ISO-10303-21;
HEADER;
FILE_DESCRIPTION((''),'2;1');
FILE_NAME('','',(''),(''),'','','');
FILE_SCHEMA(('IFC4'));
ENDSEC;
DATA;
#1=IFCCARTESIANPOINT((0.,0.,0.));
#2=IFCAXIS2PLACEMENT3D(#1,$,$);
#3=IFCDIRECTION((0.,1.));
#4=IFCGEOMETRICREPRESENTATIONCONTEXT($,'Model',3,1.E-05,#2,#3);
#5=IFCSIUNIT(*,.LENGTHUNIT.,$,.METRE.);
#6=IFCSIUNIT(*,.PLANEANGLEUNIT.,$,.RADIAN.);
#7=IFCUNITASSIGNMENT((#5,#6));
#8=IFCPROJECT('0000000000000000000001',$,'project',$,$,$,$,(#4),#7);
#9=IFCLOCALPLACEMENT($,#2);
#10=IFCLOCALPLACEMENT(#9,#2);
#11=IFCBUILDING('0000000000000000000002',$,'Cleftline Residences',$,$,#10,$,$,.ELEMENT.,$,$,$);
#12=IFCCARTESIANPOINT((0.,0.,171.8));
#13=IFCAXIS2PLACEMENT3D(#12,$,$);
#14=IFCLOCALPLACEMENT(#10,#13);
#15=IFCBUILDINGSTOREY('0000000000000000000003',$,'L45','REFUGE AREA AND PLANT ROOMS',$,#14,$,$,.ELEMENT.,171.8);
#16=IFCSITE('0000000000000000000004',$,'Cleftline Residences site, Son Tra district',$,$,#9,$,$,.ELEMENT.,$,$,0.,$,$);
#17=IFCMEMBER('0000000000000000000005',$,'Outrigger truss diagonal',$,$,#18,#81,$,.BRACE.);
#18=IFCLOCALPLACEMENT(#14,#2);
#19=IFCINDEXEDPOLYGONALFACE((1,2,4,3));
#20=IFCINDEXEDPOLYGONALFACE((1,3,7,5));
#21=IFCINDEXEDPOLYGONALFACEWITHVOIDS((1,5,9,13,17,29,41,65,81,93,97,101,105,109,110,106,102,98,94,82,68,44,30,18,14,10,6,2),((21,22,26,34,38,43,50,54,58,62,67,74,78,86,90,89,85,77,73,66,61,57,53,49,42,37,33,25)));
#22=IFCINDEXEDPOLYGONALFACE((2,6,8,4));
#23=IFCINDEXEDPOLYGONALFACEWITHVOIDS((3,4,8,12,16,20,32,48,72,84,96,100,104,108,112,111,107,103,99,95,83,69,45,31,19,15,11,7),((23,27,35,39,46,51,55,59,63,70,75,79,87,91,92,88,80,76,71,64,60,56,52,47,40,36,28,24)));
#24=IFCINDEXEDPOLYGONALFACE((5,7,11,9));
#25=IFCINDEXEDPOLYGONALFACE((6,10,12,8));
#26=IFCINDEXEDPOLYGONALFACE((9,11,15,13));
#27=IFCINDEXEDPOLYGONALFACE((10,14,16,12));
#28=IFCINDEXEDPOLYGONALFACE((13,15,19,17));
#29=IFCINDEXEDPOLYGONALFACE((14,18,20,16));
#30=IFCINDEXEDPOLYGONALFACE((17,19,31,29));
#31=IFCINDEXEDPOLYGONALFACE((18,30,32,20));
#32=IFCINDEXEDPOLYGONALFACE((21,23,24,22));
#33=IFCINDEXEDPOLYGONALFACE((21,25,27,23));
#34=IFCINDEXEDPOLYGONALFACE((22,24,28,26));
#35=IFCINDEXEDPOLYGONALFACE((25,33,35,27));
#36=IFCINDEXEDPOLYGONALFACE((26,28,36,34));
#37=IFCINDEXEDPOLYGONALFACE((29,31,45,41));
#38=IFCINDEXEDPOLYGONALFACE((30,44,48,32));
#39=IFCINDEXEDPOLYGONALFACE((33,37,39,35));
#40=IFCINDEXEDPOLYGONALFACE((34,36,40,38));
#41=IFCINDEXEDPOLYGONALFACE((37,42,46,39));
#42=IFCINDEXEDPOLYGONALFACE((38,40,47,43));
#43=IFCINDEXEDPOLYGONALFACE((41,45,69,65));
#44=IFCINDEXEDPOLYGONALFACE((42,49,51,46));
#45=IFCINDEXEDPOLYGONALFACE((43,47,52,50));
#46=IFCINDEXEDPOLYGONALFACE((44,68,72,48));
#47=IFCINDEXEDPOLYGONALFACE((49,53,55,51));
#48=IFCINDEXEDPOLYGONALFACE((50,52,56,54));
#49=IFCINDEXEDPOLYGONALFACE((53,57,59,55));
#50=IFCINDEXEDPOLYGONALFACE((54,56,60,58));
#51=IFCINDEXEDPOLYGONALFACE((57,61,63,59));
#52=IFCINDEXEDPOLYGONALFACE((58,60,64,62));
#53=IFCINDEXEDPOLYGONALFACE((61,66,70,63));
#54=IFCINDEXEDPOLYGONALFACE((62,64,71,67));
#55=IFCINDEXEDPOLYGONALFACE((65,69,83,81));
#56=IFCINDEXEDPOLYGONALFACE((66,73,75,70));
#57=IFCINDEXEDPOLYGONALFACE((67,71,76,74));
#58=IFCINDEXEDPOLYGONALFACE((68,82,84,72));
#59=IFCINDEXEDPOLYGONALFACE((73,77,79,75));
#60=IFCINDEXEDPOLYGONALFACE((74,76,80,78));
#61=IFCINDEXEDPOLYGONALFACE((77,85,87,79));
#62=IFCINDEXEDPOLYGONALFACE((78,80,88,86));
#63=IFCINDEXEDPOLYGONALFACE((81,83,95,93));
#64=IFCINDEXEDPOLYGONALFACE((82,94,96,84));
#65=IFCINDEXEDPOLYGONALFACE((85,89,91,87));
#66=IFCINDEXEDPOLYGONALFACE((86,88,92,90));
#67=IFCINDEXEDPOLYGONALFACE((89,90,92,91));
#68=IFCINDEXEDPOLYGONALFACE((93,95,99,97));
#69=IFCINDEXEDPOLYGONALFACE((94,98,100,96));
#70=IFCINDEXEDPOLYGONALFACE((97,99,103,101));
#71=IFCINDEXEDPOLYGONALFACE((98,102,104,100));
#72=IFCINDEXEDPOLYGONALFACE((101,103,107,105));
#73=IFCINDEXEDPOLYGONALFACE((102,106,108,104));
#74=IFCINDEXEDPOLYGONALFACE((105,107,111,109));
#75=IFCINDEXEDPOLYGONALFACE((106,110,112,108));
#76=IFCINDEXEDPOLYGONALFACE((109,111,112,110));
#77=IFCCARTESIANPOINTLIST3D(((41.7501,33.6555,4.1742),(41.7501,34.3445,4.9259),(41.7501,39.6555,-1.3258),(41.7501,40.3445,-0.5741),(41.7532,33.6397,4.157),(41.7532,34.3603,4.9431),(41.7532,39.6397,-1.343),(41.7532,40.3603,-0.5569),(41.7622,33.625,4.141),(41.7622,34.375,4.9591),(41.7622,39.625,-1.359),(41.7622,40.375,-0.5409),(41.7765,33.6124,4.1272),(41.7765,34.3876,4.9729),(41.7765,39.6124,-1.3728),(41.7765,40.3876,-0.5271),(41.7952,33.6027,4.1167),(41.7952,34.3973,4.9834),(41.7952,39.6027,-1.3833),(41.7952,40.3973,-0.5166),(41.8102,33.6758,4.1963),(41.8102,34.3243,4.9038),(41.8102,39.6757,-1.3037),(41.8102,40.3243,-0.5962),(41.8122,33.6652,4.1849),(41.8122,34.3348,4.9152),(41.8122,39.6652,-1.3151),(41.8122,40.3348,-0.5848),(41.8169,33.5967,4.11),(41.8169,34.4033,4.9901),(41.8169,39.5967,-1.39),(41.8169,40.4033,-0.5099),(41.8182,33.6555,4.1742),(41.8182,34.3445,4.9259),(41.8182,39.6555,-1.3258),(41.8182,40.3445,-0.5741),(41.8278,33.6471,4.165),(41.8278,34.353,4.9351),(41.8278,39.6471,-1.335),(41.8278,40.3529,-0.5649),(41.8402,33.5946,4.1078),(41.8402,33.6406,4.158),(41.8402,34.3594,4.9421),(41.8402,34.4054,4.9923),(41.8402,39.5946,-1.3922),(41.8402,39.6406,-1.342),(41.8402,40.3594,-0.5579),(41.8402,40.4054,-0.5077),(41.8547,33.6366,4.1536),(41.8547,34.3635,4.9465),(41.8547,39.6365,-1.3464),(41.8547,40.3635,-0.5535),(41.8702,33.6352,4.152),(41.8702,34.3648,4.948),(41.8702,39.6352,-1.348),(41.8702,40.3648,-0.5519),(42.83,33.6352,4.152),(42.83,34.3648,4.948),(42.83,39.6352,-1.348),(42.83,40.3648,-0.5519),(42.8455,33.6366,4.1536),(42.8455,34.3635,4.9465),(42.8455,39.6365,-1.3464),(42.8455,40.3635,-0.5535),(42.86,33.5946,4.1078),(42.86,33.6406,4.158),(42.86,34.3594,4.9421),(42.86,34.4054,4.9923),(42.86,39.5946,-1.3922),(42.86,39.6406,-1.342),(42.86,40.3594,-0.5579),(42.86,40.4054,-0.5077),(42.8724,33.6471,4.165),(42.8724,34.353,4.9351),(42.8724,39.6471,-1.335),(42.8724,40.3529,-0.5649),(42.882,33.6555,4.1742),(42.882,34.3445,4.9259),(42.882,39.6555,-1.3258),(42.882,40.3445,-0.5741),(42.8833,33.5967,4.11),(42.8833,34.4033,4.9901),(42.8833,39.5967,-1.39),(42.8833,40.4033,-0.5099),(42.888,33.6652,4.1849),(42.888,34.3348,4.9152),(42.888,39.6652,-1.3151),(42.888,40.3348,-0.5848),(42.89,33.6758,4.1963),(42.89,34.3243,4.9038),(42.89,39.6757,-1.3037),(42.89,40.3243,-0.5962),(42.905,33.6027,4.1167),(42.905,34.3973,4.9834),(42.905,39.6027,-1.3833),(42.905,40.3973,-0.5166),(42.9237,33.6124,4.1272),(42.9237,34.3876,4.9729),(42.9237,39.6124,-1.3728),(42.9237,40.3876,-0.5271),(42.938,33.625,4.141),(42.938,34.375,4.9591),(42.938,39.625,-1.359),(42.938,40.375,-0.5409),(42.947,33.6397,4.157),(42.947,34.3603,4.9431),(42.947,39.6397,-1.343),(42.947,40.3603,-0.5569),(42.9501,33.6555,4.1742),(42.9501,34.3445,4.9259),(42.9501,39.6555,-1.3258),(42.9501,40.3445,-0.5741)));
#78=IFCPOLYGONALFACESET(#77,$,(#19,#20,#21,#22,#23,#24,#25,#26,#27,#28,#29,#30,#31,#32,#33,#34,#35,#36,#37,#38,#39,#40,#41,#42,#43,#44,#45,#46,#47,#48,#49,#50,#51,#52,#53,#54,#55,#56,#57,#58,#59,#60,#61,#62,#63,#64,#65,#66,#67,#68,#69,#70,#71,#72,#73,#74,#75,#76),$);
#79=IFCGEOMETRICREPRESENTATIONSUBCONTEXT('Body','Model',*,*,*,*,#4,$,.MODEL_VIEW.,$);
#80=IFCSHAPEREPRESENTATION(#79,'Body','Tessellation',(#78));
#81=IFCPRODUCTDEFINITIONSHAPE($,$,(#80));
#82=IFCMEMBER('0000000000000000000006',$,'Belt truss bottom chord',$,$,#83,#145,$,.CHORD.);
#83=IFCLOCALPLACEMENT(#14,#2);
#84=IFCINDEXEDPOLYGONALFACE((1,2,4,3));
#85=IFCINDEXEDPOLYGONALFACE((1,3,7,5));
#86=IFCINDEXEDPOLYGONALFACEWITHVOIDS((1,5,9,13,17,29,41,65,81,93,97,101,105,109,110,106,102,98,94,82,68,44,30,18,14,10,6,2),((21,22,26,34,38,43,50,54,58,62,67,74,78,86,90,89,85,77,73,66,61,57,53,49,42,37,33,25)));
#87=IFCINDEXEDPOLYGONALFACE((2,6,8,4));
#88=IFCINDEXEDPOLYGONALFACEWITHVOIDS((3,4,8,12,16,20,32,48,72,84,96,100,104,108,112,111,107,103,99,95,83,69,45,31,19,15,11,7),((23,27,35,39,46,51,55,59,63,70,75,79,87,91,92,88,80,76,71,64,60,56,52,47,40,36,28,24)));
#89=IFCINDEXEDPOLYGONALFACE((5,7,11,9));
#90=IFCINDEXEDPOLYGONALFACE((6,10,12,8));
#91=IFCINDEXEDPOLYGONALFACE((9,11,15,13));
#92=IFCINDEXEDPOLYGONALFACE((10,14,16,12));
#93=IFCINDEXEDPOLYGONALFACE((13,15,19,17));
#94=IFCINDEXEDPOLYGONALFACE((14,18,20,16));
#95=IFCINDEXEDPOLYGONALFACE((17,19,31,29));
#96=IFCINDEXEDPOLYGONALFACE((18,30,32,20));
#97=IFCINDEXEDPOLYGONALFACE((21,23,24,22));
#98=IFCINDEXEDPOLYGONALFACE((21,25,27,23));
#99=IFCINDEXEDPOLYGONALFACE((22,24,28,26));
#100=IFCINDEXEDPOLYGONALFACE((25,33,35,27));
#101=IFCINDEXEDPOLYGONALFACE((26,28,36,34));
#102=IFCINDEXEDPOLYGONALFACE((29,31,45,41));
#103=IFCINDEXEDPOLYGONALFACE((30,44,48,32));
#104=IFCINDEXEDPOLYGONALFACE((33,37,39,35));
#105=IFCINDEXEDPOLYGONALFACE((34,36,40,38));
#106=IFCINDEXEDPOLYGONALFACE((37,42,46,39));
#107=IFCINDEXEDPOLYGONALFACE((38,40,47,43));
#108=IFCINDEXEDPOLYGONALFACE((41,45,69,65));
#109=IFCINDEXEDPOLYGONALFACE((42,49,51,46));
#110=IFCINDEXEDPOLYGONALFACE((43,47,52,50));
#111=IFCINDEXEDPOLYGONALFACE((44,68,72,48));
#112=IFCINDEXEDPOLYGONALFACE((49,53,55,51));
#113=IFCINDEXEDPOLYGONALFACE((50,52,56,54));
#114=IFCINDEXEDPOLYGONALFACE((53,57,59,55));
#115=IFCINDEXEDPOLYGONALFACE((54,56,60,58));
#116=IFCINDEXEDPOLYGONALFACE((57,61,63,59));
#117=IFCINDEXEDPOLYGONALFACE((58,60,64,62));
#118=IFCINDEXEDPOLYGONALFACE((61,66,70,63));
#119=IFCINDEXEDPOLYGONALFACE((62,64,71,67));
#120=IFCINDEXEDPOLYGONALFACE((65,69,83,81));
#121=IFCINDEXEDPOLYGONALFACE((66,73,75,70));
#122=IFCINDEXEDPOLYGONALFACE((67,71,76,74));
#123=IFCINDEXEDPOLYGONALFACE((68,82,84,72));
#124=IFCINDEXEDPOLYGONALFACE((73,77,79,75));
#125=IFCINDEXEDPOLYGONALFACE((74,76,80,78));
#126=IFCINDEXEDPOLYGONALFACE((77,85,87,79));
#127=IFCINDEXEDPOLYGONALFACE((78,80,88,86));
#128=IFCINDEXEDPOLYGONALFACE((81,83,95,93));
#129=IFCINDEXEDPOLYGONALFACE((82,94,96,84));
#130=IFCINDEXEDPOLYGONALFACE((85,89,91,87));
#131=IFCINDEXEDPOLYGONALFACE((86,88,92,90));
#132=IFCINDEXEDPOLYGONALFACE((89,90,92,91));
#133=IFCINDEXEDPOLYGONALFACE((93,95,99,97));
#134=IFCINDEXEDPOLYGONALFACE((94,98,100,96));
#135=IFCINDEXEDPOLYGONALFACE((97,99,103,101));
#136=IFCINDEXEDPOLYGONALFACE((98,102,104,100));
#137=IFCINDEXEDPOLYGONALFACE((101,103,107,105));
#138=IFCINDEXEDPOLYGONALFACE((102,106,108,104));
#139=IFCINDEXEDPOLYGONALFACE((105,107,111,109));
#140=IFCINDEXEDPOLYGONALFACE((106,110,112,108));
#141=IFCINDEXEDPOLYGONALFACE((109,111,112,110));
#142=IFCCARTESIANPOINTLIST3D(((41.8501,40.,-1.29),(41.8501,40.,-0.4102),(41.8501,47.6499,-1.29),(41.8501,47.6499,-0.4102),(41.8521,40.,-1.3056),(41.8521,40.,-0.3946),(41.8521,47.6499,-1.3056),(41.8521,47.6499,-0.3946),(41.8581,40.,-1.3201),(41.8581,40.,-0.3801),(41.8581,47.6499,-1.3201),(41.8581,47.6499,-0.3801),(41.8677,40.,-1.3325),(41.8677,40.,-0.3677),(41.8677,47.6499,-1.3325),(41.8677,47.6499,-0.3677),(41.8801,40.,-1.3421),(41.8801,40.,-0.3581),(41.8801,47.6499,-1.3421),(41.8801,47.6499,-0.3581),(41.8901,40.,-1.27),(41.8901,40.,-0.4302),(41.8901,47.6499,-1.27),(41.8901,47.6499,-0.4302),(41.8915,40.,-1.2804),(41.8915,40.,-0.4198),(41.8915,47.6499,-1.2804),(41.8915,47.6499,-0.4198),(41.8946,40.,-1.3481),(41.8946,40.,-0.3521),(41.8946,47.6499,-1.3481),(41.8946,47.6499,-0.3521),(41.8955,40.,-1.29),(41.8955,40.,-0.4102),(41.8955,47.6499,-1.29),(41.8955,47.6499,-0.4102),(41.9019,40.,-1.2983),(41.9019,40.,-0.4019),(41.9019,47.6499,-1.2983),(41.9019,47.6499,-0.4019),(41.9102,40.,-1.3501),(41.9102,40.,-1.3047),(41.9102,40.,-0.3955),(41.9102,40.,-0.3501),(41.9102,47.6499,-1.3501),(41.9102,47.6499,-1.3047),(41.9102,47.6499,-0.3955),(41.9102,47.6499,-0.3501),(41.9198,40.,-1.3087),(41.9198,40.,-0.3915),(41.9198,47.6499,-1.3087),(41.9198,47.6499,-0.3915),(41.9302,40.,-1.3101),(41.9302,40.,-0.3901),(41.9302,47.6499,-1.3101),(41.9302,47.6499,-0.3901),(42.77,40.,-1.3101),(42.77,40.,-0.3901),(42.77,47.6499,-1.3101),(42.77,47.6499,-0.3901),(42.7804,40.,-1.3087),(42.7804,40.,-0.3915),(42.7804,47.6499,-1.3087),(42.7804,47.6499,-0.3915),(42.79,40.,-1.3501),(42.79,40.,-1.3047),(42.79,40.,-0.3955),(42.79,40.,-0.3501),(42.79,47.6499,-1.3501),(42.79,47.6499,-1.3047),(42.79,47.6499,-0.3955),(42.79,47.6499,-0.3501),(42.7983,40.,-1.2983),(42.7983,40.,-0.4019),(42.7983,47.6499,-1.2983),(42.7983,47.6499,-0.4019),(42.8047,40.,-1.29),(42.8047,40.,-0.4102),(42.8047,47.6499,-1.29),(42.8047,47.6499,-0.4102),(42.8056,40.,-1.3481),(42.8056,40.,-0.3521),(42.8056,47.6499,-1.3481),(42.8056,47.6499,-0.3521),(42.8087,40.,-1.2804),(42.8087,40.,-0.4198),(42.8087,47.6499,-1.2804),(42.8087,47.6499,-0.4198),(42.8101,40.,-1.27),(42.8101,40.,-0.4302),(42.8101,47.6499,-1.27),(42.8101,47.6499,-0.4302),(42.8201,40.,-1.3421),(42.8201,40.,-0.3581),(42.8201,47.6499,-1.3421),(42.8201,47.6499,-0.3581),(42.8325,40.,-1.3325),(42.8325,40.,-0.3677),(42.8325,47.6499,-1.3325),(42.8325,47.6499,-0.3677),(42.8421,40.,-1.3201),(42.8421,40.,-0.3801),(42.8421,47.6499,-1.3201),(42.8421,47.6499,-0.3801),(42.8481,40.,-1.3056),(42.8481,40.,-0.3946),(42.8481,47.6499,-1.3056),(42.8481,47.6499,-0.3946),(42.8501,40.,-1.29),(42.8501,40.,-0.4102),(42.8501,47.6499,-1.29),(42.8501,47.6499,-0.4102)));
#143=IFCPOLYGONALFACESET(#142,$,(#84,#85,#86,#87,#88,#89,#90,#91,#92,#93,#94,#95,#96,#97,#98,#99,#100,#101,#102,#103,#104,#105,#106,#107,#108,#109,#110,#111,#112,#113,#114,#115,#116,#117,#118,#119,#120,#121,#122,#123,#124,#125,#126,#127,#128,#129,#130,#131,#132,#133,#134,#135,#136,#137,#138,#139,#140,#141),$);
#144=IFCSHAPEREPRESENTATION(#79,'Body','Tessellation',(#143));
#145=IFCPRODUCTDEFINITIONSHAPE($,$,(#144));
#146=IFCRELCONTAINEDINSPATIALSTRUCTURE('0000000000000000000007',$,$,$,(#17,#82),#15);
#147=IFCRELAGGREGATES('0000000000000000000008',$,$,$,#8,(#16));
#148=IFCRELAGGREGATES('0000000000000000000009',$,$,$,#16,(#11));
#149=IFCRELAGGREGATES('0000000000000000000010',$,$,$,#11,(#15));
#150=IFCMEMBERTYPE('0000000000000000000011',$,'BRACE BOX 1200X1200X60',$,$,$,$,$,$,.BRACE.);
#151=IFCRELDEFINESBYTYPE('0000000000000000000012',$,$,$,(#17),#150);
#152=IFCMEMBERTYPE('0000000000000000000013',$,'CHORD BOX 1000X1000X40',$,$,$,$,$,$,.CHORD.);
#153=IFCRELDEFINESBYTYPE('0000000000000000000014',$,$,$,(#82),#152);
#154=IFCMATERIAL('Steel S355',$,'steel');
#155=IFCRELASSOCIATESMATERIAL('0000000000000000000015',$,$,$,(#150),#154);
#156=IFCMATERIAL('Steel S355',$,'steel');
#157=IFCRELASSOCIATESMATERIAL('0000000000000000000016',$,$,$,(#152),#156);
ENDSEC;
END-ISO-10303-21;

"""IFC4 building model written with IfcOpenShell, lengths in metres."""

from ifc_helpers import new_model, si_unit, direction, frame, origin, origin_2d, place, context, subcontext, project, spatial, hollow_rectangle, extrude, material, material_profile, profile_set, type_object, element, save


model = new_model("IFC4")

# Units and contexts
model_context = context("Model", 3, precision=1e-05, world=origin(), true_north=direction((0.0, 1.0)))
body_context = subcontext(model_context, "Body", "Model", "MODEL_VIEW")
ifc_project = project(units=[si_unit("LENGTHUNIT", "METRE"), si_unit("PLANEANGLEUNIT", "RADIAN")], contexts=[model_context])

# Site, building, storey
site_placement = place(None, origin())
site = spatial("IfcSite", under=ifc_project, at=site_placement, Name="Cleftline Residences site, Son Tra district", CompositionType="ELEMENT", RefElevation=0.0)
building_placement = place(site_placement, origin())
building = spatial("IfcBuilding", under=site, at=building_placement, Name="Cleftline Residences", CompositionType="ELEMENT")
storey_placement = place(building_placement, frame((0.0, 0.0, 171.8)))
storey = spatial("IfcBuildingStorey", under=building, at=storey_placement, Name="L45", Description="REFUGE AREA AND PLANT ROOMS", CompositionType="ELEMENT", Elevation=171.8)

# Members
ifc_material_1 = material(Name="Steel S355", Category="steel")
ifc_material_profile_1 = material_profile(ifc_material_1, hollow_rectangle(XDim=1.2, YDim=1.2, WallThickness=0.0601, InnerFilletRadius=0.0601, OuterFilletRadius=0.0901, at=origin_2d()))
ifc_profile_set_1 = profile_set([ifc_material_profile_1], Name="Steel S355")
member_type_1 = type_object("IfcMemberType", Name="BRACE BOX 1200X1200X60", PredefinedType="BRACE", material=ifc_profile_set_1)
member_1_placement = place(storey_placement, frame((42.3501, 40.0, -0.95), z_axis=(0.0, -0.737154, 0.675725), x_axis=(0.0, 0.675725, 0.737154)))
element("IfcMember", 1, at=member_1_placement, inside=storey, type_object=member_type_1, Name="Outrigger truss diagonal", PredefinedType="BRACE", context=body_context, shape_type="SweptSolid", body=[
    extrude(hollow_rectangle(XDim=1.2, YDim=1.2, WallThickness=0.0601, InnerFilletRadius=0.0601, OuterFilletRadius=0.0901, at=origin_2d()), origin(), (0.0, 0.0, 1.0), 8.1394),
])
ifc_material_2 = material(Name="Steel S355", Category="steel")
ifc_material_profile_2 = material_profile(ifc_material_2, hollow_rectangle(XDim=1.0, YDim=1.0, WallThickness=0.04, InnerFilletRadius=0.04, OuterFilletRadius=0.0601, at=origin_2d()))
ifc_profile_set_2 = profile_set([ifc_material_profile_2], Name="Steel S355")
member_type_2 = type_object("IfcMemberType", Name="CHORD BOX 1000X1000X40", PredefinedType="CHORD", material=ifc_profile_set_2)
for number, where, z_axis, x_axis, name in (
    (2, (42.3501, 40.0, -0.8501), (0.0, 1.0, 0.0), (-1.0, 0.0, 0.0), "Belt truss bottom chord"),
):
    element("IfcMember", number, at=place(storey_placement, frame(where, z_axis=z_axis, x_axis=x_axis)), inside=storey, type_object=member_type_2, Name=name, PredefinedType="CHORD", context=body_context, shape_type="SweptSolid", body=[
        extrude(hollow_rectangle(XDim=1.0, YDim=1.0, WallThickness=0.04, InnerFilletRadius=0.04, OuterFilletRadius=0.0601, at=origin_2d()), origin(), (0.0, 0.0, 1.0), 7.6499),
    ])

save(model, "model.ifc")
